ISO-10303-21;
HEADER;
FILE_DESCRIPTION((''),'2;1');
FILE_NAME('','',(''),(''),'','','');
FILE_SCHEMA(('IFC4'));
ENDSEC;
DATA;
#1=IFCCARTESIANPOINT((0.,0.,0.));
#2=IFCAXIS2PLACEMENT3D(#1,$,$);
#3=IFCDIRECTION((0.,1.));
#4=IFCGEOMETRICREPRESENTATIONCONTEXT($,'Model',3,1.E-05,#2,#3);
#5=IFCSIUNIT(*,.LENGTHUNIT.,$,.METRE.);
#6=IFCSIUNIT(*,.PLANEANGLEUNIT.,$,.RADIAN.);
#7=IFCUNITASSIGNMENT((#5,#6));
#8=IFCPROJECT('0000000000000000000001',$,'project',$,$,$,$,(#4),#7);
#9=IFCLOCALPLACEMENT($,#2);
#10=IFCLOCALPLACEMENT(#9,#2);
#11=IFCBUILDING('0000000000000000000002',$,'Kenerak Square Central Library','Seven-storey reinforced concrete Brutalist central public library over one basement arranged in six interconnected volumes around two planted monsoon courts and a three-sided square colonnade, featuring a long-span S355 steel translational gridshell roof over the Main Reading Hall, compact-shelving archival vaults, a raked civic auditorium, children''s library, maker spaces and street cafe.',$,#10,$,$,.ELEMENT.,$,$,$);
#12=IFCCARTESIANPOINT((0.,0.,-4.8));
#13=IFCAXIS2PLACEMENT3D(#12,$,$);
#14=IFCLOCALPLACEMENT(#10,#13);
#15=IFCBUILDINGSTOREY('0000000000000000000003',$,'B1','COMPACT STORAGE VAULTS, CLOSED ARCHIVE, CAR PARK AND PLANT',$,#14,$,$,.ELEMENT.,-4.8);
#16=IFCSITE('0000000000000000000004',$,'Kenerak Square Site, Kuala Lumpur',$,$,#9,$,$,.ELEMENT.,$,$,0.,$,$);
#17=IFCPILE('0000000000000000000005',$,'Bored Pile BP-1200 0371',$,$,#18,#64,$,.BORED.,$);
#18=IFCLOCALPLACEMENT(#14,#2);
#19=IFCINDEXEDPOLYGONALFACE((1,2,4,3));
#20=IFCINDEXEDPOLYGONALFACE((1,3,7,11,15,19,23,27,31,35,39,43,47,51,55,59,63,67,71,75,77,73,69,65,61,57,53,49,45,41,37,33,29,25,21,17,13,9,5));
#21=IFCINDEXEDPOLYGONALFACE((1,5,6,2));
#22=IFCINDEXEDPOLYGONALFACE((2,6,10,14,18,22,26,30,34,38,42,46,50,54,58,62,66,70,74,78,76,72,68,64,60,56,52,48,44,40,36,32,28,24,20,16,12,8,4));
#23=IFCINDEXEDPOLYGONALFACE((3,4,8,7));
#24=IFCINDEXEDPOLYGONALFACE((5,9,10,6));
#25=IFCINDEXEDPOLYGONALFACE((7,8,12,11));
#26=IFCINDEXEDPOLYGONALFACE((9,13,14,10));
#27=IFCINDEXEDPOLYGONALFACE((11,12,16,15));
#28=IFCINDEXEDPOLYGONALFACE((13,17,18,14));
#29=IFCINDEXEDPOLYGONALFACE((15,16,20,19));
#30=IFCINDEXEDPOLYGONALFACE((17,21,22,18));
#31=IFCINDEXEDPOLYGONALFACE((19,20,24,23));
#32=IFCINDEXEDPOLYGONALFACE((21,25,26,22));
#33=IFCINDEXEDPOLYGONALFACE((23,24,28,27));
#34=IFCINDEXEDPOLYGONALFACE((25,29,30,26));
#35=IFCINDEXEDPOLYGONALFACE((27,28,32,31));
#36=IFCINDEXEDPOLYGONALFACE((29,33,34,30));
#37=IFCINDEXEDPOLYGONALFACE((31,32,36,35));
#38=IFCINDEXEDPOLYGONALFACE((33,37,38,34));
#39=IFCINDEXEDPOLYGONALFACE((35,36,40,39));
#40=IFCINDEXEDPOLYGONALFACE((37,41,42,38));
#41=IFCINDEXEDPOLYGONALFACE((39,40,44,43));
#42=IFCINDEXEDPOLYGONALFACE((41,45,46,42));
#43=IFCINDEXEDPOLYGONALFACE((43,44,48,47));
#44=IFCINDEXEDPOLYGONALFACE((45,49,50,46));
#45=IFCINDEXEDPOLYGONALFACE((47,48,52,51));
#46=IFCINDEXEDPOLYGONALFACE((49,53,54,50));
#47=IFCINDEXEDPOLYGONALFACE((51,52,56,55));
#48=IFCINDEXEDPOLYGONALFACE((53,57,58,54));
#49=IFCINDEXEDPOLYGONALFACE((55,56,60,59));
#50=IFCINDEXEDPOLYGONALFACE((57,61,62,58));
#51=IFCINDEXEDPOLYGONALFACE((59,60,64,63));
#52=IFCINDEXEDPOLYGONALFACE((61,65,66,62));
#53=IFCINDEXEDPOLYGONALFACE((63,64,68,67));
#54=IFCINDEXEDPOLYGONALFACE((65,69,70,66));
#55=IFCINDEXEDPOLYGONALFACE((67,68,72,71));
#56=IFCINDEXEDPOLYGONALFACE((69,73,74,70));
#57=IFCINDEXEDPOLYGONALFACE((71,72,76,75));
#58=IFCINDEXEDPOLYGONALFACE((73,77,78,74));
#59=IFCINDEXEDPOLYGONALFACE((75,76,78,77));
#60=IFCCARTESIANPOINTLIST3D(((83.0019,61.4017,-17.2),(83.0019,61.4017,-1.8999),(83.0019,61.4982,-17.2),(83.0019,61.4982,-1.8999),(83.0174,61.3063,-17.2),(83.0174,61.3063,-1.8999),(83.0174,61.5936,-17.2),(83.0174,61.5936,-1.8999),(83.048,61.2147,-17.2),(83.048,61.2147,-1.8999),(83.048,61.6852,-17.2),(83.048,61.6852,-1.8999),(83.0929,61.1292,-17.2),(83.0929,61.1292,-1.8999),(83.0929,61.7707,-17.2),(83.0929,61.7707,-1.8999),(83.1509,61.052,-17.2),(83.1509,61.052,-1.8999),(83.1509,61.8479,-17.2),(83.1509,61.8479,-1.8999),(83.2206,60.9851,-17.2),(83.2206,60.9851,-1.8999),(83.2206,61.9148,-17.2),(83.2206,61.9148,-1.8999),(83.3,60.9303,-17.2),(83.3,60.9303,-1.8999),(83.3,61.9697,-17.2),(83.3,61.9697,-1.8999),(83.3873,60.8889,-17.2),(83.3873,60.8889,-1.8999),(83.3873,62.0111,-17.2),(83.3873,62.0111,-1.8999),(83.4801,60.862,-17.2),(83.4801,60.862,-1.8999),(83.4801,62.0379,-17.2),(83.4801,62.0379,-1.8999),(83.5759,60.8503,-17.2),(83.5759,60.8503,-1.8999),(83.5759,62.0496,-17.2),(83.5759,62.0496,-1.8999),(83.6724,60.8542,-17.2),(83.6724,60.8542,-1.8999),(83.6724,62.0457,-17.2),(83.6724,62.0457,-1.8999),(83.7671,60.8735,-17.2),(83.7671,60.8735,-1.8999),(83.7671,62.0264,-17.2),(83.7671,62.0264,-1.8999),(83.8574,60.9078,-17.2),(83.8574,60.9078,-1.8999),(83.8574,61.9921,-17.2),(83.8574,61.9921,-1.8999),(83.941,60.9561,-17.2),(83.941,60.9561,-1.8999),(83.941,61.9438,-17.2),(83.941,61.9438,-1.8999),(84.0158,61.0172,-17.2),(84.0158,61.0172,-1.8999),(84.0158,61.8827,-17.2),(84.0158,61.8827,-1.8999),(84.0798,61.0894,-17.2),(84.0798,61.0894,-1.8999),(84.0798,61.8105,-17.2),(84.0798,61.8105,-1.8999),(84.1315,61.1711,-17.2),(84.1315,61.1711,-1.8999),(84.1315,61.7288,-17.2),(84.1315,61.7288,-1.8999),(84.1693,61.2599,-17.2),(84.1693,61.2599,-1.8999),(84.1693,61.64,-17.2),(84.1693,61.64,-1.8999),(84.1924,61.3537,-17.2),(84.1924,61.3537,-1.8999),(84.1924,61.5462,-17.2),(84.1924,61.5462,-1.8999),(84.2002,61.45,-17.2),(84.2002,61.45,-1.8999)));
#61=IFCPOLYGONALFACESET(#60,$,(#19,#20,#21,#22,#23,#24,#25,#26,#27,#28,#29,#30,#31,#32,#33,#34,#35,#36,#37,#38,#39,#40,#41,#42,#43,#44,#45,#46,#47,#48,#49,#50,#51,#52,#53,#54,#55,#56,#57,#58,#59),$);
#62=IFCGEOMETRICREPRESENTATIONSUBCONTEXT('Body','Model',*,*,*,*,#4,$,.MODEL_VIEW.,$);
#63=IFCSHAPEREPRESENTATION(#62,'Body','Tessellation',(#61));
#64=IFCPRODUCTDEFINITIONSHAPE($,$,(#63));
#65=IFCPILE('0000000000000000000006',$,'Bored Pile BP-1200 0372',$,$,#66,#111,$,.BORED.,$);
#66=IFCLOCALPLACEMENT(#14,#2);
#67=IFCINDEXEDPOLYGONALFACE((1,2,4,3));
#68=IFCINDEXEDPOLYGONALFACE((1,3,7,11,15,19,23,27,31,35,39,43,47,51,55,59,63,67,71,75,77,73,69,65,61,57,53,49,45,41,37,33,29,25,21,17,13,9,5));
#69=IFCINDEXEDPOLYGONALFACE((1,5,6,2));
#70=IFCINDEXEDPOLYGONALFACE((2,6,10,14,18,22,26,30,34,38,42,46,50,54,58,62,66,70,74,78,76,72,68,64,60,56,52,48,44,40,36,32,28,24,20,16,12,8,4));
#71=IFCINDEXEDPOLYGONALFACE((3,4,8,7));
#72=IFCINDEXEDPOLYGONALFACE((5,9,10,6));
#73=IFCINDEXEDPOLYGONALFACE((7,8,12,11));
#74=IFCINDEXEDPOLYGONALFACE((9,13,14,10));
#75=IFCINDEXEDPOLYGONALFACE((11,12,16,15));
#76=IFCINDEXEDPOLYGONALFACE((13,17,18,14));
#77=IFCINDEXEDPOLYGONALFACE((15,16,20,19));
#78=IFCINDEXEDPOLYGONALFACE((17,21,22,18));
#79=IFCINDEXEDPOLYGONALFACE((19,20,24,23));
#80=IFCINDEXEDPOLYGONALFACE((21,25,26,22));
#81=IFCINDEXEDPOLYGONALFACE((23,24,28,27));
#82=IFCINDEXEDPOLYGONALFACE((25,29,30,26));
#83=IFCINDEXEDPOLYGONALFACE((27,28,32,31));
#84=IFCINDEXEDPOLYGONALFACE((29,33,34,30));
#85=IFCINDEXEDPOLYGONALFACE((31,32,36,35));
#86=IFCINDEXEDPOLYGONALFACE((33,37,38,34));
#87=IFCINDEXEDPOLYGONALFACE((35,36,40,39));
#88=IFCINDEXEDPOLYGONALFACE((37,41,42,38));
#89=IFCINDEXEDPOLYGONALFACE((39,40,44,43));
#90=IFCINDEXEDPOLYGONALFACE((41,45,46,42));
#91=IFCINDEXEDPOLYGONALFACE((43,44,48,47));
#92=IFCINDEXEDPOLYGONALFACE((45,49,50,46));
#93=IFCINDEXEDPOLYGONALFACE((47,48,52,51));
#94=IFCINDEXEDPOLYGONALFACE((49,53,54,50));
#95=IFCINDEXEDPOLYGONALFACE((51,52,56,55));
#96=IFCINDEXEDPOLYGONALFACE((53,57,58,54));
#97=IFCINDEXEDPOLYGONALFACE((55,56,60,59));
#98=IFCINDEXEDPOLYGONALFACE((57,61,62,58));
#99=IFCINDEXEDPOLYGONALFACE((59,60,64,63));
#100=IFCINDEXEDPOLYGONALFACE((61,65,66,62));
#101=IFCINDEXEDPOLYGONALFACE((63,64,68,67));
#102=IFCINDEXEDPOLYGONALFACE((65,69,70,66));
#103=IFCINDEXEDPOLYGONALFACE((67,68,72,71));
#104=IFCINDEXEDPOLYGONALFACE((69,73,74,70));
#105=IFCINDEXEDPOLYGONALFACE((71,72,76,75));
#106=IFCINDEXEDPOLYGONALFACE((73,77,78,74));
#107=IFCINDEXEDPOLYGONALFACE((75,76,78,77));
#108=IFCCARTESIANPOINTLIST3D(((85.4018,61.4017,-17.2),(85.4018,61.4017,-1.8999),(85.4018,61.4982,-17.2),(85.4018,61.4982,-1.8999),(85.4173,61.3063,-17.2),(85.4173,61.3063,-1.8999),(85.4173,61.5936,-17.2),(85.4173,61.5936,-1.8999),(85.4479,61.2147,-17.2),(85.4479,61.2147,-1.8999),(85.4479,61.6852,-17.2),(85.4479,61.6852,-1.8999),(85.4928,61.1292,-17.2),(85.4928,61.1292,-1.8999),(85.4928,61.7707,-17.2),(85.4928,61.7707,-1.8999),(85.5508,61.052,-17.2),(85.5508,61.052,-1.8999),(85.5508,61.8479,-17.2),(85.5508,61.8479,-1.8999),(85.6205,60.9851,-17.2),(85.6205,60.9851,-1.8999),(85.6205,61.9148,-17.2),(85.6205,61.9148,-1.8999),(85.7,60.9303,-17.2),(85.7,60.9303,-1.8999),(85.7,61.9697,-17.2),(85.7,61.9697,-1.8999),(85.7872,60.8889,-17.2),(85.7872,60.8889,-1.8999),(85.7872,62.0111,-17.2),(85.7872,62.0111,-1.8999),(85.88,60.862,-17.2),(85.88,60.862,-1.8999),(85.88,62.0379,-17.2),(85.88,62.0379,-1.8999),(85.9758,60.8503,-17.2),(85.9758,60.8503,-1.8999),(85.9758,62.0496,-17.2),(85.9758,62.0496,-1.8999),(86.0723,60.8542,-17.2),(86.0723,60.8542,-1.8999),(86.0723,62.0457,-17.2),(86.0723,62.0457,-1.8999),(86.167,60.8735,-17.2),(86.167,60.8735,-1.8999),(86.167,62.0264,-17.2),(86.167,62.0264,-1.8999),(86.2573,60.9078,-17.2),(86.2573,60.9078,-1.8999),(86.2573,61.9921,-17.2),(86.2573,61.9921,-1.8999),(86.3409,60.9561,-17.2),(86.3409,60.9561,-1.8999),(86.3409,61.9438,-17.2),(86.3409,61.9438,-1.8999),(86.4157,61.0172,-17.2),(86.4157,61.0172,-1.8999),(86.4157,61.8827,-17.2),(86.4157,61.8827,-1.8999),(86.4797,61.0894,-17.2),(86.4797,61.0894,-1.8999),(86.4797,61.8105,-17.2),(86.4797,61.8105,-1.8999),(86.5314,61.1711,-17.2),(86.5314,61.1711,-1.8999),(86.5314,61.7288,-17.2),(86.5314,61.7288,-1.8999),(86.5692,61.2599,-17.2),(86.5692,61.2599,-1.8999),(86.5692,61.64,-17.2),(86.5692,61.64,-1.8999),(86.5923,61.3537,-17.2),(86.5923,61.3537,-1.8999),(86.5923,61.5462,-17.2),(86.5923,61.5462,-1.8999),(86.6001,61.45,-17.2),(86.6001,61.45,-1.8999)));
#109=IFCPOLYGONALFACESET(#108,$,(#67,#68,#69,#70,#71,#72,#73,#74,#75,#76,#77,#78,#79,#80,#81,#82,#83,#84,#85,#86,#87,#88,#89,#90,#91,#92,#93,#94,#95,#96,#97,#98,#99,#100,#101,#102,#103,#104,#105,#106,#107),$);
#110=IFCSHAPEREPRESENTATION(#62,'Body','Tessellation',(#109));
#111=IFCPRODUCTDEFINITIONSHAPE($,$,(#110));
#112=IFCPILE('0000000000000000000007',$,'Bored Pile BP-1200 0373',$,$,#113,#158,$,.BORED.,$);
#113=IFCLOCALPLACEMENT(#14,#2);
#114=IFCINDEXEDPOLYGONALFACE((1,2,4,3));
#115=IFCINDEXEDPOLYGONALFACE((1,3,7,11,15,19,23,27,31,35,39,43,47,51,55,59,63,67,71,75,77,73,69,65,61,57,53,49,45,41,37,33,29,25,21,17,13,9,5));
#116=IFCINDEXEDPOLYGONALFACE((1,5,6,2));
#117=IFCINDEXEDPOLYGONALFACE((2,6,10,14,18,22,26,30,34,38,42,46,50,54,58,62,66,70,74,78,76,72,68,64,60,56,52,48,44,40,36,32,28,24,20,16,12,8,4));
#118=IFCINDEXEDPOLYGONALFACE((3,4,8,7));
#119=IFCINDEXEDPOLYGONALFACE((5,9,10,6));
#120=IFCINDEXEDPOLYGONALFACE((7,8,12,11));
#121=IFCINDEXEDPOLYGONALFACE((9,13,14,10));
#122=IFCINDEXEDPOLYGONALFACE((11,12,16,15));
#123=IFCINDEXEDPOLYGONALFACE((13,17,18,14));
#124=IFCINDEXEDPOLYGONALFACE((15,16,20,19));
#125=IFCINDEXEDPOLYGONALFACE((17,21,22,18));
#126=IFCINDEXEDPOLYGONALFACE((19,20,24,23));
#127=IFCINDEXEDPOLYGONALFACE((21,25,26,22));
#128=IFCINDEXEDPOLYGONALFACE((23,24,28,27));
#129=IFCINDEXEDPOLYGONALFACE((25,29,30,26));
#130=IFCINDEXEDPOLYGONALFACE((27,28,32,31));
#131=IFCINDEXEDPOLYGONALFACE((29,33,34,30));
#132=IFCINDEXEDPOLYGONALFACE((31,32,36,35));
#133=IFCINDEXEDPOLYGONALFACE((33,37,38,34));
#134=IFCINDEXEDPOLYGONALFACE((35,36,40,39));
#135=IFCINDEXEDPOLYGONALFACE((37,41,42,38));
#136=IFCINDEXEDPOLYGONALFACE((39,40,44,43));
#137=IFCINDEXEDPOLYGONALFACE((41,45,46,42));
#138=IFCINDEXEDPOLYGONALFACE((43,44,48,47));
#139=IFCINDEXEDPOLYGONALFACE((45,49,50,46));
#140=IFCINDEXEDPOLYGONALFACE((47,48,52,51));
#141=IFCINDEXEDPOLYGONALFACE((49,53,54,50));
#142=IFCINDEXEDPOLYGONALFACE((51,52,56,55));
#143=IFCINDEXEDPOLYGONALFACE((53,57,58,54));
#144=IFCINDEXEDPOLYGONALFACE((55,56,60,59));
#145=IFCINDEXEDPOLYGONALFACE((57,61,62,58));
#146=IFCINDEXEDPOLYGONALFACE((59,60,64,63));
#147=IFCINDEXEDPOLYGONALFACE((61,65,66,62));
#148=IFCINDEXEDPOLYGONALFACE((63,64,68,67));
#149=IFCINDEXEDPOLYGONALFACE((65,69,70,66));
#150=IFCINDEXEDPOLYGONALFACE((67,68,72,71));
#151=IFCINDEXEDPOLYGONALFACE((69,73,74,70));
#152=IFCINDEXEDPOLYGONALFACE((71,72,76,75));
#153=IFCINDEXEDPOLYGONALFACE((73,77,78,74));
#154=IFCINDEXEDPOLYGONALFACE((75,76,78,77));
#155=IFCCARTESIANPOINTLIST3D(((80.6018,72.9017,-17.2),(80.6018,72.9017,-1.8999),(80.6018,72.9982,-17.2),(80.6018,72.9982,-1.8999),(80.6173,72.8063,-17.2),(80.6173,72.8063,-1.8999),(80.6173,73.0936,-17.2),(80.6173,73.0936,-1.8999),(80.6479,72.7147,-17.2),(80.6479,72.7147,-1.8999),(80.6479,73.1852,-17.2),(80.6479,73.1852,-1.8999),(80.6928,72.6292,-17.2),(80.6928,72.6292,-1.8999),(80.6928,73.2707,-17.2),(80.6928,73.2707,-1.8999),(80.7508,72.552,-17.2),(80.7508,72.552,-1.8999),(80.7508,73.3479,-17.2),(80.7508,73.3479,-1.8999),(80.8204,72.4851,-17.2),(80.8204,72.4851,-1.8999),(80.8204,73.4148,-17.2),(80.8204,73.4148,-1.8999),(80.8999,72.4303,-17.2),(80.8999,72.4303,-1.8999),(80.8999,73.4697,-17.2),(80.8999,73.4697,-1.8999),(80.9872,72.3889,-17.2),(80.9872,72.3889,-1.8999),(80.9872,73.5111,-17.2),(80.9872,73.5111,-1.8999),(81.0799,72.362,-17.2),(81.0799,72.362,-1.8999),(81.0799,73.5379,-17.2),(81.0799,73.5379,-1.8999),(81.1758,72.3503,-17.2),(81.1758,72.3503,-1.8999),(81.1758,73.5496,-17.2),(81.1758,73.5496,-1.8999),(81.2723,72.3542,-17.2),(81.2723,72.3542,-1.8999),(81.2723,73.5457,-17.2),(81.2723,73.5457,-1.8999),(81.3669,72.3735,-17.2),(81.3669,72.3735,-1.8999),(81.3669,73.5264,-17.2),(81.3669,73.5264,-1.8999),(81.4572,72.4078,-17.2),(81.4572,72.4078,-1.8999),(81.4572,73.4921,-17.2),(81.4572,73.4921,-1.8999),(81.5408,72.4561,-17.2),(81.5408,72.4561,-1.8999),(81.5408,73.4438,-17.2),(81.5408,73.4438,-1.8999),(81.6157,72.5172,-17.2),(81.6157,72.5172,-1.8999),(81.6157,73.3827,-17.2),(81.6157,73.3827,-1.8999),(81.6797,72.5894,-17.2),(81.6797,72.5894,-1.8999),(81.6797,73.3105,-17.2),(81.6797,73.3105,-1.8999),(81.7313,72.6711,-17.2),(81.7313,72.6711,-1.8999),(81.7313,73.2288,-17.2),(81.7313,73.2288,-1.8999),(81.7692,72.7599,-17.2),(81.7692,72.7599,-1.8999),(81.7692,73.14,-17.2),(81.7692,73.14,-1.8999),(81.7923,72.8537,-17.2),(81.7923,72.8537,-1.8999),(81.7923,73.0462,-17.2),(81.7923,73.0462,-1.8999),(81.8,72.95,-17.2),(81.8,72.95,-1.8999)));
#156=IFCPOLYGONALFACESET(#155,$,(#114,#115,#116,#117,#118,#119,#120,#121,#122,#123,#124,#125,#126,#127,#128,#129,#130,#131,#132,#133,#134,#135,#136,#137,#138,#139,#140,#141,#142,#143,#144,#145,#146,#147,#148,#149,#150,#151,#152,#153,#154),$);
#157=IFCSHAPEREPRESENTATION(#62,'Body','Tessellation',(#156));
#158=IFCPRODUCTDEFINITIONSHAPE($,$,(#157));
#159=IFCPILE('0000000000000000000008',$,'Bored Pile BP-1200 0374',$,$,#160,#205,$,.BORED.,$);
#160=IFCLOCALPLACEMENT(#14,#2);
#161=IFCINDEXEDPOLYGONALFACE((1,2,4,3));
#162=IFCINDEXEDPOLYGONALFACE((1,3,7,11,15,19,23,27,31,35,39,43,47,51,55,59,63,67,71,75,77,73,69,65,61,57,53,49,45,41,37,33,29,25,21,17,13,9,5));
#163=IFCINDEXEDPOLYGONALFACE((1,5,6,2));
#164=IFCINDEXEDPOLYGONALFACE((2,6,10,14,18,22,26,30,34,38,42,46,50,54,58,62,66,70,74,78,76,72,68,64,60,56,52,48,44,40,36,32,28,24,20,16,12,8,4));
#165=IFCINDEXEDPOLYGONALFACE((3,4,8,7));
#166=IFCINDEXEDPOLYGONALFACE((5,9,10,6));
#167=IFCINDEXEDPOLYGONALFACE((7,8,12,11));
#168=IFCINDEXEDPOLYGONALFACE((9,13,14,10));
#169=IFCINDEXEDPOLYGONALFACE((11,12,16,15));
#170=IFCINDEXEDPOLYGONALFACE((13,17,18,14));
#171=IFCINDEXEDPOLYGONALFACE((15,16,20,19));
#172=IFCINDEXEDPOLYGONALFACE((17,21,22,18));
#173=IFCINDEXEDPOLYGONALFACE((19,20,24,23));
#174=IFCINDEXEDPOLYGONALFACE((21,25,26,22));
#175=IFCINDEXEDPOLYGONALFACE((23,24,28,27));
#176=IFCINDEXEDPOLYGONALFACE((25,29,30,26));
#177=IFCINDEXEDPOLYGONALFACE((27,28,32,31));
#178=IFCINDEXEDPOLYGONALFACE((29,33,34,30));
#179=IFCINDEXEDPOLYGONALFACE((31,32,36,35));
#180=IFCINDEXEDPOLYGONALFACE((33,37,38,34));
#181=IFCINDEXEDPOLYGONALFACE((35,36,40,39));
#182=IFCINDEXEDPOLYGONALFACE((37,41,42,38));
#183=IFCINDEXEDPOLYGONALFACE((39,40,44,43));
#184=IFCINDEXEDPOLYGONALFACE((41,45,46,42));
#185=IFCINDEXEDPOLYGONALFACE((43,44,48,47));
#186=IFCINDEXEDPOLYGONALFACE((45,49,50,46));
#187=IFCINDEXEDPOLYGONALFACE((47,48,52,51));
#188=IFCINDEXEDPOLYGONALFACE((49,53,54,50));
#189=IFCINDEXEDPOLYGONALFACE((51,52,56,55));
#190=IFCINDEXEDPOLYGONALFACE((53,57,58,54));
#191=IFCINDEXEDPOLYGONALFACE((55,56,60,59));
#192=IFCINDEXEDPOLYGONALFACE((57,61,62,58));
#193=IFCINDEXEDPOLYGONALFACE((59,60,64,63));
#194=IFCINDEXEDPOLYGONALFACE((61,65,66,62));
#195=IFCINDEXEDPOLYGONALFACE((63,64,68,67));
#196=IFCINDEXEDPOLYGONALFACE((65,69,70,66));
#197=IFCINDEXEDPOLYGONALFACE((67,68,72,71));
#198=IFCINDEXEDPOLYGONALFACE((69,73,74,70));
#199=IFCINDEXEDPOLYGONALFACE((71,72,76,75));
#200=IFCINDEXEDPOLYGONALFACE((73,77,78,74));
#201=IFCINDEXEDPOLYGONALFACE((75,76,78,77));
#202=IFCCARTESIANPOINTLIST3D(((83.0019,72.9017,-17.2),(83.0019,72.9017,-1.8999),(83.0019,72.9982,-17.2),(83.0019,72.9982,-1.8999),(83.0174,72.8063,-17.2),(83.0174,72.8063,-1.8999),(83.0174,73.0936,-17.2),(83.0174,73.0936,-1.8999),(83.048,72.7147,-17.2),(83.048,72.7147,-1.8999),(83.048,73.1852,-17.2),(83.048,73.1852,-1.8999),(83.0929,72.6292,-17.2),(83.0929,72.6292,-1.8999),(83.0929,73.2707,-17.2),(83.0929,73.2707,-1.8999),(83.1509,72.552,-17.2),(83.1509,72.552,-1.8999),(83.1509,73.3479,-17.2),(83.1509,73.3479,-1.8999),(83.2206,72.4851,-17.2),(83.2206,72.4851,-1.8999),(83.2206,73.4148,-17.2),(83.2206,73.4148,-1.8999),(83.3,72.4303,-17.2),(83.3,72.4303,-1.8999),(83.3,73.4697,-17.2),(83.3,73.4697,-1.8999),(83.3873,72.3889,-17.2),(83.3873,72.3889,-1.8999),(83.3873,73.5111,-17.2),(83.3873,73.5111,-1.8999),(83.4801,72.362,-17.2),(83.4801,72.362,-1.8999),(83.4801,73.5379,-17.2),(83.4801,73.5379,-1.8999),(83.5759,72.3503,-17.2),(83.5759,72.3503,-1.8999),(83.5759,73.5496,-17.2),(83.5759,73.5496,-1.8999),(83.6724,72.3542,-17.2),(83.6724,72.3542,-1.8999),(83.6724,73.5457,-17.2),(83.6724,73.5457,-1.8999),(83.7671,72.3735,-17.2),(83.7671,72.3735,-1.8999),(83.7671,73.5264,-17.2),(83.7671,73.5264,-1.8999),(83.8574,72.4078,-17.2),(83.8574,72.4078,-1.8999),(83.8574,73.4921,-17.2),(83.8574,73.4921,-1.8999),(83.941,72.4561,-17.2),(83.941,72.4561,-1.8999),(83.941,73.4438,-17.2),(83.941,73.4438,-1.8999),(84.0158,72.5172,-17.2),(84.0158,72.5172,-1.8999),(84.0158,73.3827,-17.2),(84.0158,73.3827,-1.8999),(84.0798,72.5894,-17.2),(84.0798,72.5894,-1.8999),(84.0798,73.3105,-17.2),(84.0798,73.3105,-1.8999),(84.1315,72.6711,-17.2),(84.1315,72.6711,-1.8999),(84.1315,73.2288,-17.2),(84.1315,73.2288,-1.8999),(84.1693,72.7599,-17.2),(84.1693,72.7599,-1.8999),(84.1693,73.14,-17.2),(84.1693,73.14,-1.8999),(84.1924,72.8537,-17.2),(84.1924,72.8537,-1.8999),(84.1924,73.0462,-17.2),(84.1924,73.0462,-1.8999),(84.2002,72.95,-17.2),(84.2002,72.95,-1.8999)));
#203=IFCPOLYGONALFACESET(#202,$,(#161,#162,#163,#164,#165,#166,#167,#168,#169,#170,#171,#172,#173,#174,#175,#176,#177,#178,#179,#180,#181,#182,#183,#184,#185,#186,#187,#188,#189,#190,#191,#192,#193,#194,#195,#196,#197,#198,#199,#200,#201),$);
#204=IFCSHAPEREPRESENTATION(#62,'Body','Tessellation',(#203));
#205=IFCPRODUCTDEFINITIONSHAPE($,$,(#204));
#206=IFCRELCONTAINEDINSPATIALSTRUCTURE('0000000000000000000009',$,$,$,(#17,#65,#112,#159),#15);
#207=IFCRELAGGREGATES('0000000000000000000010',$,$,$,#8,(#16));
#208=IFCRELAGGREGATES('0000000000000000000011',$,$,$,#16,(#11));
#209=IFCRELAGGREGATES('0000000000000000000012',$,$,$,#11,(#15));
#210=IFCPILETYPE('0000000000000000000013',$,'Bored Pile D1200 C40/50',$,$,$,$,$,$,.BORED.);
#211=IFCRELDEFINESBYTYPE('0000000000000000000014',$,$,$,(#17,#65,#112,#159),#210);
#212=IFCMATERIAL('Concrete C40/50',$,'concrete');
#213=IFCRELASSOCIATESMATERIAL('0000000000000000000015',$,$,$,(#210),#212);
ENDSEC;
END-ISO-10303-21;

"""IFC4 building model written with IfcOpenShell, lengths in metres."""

from ifc_helpers import new_model, si_unit, direction, frame, origin, origin_2d, place, context, subcontext, project, spatial, circle, extrude, material, material_profile, profile_set, type_object, element, save


model = new_model("IFC4")

# Units and contexts
model_context = context("Model", 3, precision=1e-05, world=origin(), true_north=direction((0.0, 1.0)))
body_context = subcontext(model_context, "Body", "Model", "MODEL_VIEW")
ifc_project = project(units=[si_unit("LENGTHUNIT", "METRE"), si_unit("PLANEANGLEUNIT", "RADIAN")], contexts=[model_context])

# Site, building, storey
site_placement = place(None, origin())
site = spatial("IfcSite", under=ifc_project, at=site_placement, Name="Kenerak Square Site, Kuala Lumpur", CompositionType="ELEMENT", RefElevation=0.0)
building_placement = place(site_placement, origin())
building = spatial("IfcBuilding", under=site, at=building_placement, Name="Kenerak Square Central Library", Description="Seven-storey reinforced concrete Brutalist central public library over one basement arranged in six interconnected volumes around two planted monsoon courts and a three-sided square colonnade, featuring a long-span S355 steel translational gridshell roof over the Main Reading Hall, compact-shelving archival vaults, a raked civic auditorium, children's library, maker spaces and street cafe.", CompositionType="ELEMENT")
storey_placement = place(building_placement, frame((0.0, 0.0, -4.8)))
storey = spatial("IfcBuildingStorey", under=building, at=storey_placement, Name="B1", Description="COMPACT STORAGE VAULTS, CLOSED ARCHIVE, CAR PARK AND PLANT", CompositionType="ELEMENT", Elevation=-4.8)

# Piles
ifc_material = material(Name="Concrete C40/50", Category="concrete")
ifc_material_profile_1 = material_profile(ifc_material, circle(Radius=0.6001, at=origin_2d()), Name="BP D1200")
ifc_profile_set_1 = profile_set([ifc_material_profile_1], Name="Concrete C40/50")
pile_type = type_object("IfcPileType", Name="Bored Pile D1200 C40/50", PredefinedType="BORED", material=ifc_profile_set_1)
for number, where, z_axis, x_axis, name in (
    (1, (83.6001, 61.45, -1.8999), (0.0, 0.0, -1.0), (1.0, 0.0, 0.0), "Bored Pile BP-1200 0371"),
    (2, (86.0, 61.45, -1.8999), (0.0, 0.0, -1.0), (1.0, 0.0, 0.0), "Bored Pile BP-1200 0372"),
    (3, (81.2, 72.95, -1.8999), (0.0, 0.0, -1.0), (1.0, 0.0, 0.0), "Bored Pile BP-1200 0373"),
    (4, (83.6001, 72.95, -1.8999), (0.0, 0.0, -1.0), (1.0, 0.0, 0.0), "Bored Pile BP-1200 0374"),
):
    element("IfcPile", number, at=place(storey_placement, frame(where, z_axis=z_axis, x_axis=x_axis)), inside=storey, type_object=pile_type, Name=name, PredefinedType="BORED", context=body_context, shape_type="SweptSolid", body=[
        extrude(circle(Radius=0.6001, at=origin_2d()), origin(), (0.0, 0.0, 1.0), 15.3),
    ])

save(model, "model.ifc")
